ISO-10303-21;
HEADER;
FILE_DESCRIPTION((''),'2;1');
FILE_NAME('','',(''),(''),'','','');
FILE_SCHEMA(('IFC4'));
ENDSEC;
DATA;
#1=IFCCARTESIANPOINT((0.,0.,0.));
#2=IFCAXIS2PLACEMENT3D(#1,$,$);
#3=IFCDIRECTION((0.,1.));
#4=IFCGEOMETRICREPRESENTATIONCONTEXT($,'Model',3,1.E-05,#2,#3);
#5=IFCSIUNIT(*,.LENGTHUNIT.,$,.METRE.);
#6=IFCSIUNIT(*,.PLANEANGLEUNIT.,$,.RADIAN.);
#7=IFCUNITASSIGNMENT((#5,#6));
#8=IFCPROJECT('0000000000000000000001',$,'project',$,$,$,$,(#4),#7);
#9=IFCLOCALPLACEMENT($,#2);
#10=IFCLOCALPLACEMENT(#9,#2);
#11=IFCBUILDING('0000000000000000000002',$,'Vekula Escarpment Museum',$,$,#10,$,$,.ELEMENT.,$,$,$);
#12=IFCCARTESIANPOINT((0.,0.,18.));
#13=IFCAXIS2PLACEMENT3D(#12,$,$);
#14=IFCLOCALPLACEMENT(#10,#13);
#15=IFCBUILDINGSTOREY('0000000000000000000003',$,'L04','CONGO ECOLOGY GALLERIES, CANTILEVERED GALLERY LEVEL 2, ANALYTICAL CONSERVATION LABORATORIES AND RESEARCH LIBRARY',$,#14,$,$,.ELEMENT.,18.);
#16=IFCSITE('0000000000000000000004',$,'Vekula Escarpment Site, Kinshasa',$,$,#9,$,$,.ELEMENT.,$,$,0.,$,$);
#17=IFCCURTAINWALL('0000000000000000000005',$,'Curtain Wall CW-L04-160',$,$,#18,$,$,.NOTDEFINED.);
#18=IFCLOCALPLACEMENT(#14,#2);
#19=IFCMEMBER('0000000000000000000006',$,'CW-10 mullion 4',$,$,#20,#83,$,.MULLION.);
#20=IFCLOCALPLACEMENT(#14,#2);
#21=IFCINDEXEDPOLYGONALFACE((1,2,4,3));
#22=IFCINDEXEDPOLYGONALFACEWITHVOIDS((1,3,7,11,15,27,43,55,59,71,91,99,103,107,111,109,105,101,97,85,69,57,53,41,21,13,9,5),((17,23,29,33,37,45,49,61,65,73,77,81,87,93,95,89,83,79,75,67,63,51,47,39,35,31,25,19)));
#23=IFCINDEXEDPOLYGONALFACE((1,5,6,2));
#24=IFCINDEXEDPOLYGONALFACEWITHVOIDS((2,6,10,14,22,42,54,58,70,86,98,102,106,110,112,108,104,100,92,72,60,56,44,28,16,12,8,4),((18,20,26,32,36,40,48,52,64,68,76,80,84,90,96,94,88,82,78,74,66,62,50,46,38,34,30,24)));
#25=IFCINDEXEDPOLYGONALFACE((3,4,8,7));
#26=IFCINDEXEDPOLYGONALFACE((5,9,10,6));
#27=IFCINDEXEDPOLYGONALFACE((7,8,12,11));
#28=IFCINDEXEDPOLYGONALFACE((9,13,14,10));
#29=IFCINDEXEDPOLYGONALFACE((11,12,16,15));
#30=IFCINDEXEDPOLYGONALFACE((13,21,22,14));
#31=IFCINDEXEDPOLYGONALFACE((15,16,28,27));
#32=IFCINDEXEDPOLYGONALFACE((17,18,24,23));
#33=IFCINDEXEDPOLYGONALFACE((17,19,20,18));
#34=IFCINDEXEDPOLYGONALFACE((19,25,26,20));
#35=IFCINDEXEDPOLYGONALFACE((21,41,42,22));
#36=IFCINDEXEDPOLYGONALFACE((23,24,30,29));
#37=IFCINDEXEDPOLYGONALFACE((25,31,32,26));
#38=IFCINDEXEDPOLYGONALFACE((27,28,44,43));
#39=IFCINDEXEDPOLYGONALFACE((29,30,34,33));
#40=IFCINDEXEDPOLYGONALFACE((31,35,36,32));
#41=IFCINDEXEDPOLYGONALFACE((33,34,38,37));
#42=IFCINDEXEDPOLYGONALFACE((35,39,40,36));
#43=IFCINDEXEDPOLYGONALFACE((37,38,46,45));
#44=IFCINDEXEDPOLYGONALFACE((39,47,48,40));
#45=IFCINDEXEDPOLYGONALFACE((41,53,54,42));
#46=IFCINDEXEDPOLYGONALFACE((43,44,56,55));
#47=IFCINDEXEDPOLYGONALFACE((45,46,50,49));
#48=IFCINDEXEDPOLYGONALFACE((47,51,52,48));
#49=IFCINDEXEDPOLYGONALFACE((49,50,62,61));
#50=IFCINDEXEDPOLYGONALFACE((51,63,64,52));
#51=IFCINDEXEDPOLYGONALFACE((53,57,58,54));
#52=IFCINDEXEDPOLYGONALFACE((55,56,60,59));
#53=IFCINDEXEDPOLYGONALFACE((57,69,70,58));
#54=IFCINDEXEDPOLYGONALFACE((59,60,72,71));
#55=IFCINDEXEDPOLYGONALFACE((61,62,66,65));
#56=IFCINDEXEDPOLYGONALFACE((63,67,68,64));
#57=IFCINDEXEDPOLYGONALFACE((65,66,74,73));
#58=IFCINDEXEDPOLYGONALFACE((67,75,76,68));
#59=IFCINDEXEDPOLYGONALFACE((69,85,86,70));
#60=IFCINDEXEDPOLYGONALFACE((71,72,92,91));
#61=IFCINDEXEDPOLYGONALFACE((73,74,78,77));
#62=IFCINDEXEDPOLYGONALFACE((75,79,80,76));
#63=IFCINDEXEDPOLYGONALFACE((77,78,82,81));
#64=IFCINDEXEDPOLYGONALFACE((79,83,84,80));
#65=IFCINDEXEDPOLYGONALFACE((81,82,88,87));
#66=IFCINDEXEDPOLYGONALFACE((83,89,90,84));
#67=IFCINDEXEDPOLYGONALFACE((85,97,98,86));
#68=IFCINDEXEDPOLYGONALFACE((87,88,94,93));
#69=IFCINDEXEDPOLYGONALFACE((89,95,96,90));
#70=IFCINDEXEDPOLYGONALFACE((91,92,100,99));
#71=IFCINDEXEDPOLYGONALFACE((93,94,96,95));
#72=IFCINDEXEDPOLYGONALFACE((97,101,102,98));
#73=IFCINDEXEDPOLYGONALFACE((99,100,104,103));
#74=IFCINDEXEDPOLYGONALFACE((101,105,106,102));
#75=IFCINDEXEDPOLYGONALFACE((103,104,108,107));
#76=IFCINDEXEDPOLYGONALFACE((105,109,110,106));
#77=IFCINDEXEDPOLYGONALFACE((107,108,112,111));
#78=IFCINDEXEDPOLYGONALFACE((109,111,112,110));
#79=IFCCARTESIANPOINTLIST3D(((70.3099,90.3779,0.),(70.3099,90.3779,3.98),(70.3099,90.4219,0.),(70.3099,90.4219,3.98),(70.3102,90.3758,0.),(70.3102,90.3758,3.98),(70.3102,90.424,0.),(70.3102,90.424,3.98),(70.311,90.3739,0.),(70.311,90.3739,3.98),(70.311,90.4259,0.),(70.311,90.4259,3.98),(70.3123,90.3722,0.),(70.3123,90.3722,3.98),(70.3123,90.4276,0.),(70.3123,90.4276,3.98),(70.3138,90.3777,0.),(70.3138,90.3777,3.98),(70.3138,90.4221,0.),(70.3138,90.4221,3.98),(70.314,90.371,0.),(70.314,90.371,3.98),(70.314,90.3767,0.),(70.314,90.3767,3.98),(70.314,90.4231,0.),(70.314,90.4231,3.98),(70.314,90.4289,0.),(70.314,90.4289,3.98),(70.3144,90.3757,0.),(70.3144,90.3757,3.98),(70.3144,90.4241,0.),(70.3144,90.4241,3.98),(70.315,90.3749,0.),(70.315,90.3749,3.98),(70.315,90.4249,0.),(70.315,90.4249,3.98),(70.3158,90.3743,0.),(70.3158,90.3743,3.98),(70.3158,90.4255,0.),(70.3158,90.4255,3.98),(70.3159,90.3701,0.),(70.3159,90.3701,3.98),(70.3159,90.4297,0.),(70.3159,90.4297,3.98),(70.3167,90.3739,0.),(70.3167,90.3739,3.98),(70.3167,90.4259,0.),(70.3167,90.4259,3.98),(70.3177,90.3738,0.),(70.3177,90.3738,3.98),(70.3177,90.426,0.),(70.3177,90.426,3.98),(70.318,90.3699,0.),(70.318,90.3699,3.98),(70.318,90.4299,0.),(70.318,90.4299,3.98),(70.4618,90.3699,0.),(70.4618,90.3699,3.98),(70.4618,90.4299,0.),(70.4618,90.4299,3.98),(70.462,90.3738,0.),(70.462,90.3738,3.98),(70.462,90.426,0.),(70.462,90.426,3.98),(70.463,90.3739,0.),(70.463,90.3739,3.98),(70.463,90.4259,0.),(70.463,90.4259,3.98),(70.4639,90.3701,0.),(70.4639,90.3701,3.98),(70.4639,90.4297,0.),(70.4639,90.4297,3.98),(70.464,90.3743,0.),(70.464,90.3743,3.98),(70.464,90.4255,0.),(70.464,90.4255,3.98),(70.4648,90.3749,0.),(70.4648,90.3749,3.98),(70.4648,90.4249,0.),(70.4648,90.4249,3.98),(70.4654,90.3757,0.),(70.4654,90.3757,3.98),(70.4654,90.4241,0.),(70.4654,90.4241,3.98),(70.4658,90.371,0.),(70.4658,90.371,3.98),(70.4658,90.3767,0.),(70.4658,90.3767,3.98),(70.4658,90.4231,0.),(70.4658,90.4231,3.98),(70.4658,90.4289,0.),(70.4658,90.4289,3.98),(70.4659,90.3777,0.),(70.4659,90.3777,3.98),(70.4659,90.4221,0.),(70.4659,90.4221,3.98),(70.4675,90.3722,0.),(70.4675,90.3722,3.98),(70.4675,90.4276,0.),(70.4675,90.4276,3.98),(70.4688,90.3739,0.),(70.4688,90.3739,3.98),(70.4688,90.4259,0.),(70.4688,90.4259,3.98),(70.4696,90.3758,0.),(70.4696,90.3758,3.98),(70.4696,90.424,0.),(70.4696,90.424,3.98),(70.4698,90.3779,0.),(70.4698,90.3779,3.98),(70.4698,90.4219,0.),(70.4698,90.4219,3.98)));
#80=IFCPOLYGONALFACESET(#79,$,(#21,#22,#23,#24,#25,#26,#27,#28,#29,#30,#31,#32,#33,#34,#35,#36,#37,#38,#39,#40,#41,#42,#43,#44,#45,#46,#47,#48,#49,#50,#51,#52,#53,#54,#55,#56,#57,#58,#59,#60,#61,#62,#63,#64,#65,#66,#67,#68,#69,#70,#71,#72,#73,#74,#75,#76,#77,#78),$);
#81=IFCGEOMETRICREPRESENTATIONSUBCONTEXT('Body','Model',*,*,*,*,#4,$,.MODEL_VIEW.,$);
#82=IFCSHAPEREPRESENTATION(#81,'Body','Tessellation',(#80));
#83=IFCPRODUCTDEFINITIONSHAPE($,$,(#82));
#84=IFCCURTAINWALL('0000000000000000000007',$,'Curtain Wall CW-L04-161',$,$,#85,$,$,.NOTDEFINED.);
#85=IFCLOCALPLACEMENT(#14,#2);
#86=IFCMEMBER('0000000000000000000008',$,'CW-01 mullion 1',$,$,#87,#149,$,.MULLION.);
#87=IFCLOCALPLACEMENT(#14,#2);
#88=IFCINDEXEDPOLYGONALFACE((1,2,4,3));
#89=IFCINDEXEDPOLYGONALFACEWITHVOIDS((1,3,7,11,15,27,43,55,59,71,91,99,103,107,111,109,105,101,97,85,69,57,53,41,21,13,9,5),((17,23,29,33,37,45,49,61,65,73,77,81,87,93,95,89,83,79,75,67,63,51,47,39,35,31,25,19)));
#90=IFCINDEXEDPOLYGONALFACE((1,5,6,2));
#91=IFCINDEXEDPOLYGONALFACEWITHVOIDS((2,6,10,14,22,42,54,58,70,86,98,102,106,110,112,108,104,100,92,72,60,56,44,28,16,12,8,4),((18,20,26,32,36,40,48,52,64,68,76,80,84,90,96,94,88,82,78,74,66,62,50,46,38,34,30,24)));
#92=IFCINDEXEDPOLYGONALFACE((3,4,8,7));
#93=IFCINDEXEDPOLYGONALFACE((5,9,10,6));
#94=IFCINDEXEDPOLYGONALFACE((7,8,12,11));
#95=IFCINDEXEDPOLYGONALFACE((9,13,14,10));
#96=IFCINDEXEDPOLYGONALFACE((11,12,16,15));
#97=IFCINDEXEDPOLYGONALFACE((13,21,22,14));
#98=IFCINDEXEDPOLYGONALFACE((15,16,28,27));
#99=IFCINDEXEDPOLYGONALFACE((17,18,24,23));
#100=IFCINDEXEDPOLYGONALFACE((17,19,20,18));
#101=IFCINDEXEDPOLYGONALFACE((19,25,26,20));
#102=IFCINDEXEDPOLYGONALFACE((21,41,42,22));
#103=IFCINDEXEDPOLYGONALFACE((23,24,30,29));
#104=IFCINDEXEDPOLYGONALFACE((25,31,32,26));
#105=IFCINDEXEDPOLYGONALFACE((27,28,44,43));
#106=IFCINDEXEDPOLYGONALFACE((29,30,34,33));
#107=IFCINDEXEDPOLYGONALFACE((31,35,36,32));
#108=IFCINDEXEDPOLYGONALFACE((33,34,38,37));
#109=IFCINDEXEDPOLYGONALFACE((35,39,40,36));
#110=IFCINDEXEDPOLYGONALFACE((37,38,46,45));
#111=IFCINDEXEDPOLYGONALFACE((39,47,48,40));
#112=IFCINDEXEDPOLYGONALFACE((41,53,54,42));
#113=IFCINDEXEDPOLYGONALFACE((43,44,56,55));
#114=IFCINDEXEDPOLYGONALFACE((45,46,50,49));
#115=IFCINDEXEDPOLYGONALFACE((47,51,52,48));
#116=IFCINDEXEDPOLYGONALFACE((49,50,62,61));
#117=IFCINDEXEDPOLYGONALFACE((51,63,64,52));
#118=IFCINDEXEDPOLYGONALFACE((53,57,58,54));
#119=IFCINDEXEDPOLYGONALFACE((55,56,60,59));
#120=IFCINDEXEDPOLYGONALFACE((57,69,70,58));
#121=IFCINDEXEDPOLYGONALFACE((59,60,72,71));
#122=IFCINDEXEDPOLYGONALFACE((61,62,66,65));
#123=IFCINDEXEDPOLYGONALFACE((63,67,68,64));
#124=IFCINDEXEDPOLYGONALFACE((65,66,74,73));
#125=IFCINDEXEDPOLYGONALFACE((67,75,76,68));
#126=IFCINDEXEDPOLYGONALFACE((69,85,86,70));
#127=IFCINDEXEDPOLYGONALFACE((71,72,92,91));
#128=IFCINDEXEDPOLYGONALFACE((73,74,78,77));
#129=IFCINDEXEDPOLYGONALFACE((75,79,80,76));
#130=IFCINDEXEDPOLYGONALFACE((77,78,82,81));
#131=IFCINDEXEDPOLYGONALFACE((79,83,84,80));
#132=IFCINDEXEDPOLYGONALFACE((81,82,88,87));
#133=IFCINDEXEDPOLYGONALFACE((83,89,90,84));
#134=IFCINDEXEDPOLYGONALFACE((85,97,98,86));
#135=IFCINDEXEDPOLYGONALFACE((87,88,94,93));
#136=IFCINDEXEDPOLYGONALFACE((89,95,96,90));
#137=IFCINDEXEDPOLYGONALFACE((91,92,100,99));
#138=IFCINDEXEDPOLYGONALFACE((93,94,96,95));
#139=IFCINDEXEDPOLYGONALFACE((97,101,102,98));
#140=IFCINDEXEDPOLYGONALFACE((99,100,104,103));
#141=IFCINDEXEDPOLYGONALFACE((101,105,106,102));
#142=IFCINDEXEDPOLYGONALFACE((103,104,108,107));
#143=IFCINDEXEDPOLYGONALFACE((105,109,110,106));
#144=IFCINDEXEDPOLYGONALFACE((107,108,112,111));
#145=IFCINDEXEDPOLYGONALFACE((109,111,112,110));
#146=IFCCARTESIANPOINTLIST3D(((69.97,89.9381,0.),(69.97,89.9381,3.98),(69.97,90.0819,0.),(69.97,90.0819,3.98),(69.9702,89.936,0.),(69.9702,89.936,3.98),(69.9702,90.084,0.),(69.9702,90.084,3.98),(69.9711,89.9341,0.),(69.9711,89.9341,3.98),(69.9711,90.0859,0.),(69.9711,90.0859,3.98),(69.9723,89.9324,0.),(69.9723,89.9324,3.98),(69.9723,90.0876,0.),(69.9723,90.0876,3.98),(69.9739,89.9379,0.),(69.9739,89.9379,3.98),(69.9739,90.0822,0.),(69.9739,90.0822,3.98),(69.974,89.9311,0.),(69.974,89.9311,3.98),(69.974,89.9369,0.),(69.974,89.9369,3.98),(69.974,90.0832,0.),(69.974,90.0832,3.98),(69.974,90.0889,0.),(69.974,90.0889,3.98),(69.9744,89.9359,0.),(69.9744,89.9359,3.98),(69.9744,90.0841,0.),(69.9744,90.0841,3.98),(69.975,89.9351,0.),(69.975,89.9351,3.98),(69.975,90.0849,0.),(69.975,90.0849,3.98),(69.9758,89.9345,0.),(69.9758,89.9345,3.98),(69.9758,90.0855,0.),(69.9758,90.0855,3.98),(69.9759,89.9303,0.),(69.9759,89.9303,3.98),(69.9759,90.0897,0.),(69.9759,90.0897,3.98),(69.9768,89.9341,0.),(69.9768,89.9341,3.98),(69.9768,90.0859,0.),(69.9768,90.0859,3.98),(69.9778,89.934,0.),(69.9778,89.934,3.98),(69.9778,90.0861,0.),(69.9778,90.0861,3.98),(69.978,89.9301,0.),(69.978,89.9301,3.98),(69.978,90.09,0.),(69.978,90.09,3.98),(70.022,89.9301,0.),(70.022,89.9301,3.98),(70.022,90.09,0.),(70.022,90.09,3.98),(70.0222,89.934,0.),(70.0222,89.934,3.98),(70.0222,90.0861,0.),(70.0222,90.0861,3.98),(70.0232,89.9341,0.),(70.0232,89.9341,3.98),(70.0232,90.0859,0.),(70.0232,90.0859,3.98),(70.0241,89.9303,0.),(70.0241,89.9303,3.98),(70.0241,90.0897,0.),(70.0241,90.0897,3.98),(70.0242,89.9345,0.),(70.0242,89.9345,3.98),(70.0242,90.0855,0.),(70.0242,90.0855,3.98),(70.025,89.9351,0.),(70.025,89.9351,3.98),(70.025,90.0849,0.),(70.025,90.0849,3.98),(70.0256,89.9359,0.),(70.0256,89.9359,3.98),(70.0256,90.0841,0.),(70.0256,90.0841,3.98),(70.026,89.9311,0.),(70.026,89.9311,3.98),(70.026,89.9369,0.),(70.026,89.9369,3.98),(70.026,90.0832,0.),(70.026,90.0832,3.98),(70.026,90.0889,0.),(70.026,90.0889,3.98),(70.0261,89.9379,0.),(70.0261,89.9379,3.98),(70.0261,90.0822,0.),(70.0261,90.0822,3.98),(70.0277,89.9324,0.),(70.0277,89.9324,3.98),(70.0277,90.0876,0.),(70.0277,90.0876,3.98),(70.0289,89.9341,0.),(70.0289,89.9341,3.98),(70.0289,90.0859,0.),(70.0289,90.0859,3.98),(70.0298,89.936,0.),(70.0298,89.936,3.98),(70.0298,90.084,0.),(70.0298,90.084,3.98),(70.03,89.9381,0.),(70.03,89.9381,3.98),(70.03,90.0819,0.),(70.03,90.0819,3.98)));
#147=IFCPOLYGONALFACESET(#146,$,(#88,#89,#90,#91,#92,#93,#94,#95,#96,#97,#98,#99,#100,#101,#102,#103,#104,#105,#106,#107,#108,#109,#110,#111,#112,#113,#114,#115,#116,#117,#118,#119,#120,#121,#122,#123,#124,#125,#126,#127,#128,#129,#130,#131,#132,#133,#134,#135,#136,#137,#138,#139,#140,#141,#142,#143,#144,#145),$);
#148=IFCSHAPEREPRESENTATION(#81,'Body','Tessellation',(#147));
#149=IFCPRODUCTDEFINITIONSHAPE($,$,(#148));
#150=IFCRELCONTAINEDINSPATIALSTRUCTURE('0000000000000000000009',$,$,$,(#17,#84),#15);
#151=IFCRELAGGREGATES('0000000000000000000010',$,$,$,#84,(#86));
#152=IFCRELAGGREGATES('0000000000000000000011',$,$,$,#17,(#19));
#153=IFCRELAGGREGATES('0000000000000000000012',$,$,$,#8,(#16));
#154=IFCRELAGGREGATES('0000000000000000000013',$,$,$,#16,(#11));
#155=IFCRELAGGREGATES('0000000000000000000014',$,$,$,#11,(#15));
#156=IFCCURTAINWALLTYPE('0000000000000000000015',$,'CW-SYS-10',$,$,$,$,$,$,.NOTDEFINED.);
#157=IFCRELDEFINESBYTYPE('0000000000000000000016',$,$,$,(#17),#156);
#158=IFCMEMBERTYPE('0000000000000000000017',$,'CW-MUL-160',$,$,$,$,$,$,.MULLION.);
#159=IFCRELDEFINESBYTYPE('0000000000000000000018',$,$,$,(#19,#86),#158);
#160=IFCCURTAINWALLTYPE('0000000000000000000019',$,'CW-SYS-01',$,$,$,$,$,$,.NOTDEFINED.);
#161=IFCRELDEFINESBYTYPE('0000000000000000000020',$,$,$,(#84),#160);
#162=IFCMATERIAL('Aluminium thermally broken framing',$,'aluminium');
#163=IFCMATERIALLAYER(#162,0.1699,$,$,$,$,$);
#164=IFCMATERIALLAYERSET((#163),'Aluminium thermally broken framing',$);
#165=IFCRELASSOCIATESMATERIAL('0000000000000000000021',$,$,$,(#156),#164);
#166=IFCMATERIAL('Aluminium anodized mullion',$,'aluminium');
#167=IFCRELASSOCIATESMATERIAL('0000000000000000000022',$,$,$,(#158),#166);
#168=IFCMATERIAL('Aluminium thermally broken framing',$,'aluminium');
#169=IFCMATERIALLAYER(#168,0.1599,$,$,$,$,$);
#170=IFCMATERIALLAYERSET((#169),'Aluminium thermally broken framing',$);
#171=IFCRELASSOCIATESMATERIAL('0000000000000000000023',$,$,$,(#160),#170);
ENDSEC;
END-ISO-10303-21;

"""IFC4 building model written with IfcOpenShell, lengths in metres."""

from ifc_helpers import new_model, si_unit, direction, frame, origin, origin_2d, place, context, subcontext, project, spatial, hollow_rectangle, extrude, material, layer, layer_set, material_profile, profile_set, type_object, element, aggregate, save


model = new_model("IFC4")

# Units and contexts
model_context = context("Model", 3, precision=1e-05, world=origin(), true_north=direction((0.0, 1.0)))
body_context = subcontext(model_context, "Body", "Model", "MODEL_VIEW")
ifc_project = project(units=[si_unit("LENGTHUNIT", "METRE"), si_unit("PLANEANGLEUNIT", "RADIAN")], contexts=[model_context])

# Site, building, storey
site_placement = place(None, origin())
site = spatial("IfcSite", under=ifc_project, at=site_placement, Name="Vekula Escarpment Site, Kinshasa", CompositionType="ELEMENT", RefElevation=0.0)
building_placement = place(site_placement, origin())
building = spatial("IfcBuilding", under=site, at=building_placement, Name="Vekula Escarpment Museum", CompositionType="ELEMENT")
storey_placement = place(building_placement, frame((0.0, 0.0, 18.0)))
storey = spatial("IfcBuildingStorey", under=building, at=storey_placement, Name="L04", Description="CONGO ECOLOGY GALLERIES, CANTILEVERED GALLERY LEVEL 2, ANALYTICAL CONSERVATION LABORATORIES AND RESEARCH LIBRARY", CompositionType="ELEMENT", Elevation=18.0)

# Curtain wall, member
ifc_material_1 = material(Name="Aluminium thermally broken framing", Category="aluminium")
ifc_layer_1 = layer(ifc_material_1, 0.1699)
ifc_layer_set_1 = layer_set([ifc_layer_1], Name="Aluminium thermally broken framing")
curtain_wall_type_1 = type_object("IfcCurtainWallType", Name="CW-SYS-10", PredefinedType="NOTDEFINED", material=ifc_layer_set_1)
curtain_wall_1_placement = place(storey_placement, origin())
curtain_wall_1 = element("IfcCurtainWall", 1, at=curtain_wall_1_placement, inside=storey, type_object=curtain_wall_type_1, Name="Curtain Wall CW-L04-160", PredefinedType="NOTDEFINED")
ifc_material_2 = material(Name="Aluminium anodized mullion", Category="aluminium")
ifc_material_profile_1 = material_profile(ifc_material_2, hollow_rectangle(XDim=0.0601, YDim=0.1599, WallThickness=0.0039, InnerFilletRadius=0.0039, OuterFilletRadius=0.0081, at=origin_2d()), Name="ALU 160x60x4")
ifc_profile_set_1 = profile_set([ifc_material_profile_1], Name="Aluminium anodized mullion")
member_type_1 = type_object("IfcMemberType", Name="CW-MUL-160", PredefinedType="MULLION", material=ifc_profile_set_1)
member_1_placement = place(storey_placement, frame((70.3899, 90.3999, 0.0), z_axis=(0.0, 0.0, 1.0), x_axis=(0.0, -1.0, 0.0)))
member_1 = element("IfcMember", 2, at=member_1_placement, type_object=member_type_1, Name="CW-10 mullion 4", PredefinedType="MULLION", context=body_context, shape_type="SweptSolid", body=[
    extrude(hollow_rectangle(XDim=0.0601, YDim=0.1599, WallThickness=0.0039, InnerFilletRadius=0.0039, OuterFilletRadius=0.0081, at=origin_2d()), origin(), (0.0, 0.0, 1.0), 3.98),
])

# Curtain wall, member
ifc_material_3 = material(Name="Aluminium thermally broken framing", Category="aluminium")
ifc_layer_2 = layer(ifc_material_3, 0.1599)
ifc_layer_set_2 = layer_set([ifc_layer_2], Name="Aluminium thermally broken framing")
curtain_wall_type_2 = type_object("IfcCurtainWallType", Name="CW-SYS-01", PredefinedType="NOTDEFINED", material=ifc_layer_set_2)
curtain_wall_2_placement = place(storey_placement, origin())
curtain_wall_2 = element("IfcCurtainWall", 3, at=curtain_wall_2_placement, inside=storey, type_object=curtain_wall_type_2, Name="Curtain Wall CW-L04-161", PredefinedType="NOTDEFINED")
member_2_placement = place(storey_placement, frame((70.0, 90.01, 0.0), z_axis=(0.0, 0.0, 1.0), x_axis=(1.0, 0.0, 0.0)))
member_2 = element("IfcMember", 4, at=member_2_placement, type_object=member_type_1, Name="CW-01 mullion 1", PredefinedType="MULLION", context=body_context, shape_type="SweptSolid", body=[
    extrude(hollow_rectangle(XDim=0.0601, YDim=0.1599, WallThickness=0.0039, InnerFilletRadius=0.0039, OuterFilletRadius=0.0081, at=origin_2d()), origin(), (0.0, 0.0, 1.0), 3.98),
])

aggregate(curtain_wall_2, [member_2])

aggregate(curtain_wall_1, [member_1])

save(model, "model.ifc")
